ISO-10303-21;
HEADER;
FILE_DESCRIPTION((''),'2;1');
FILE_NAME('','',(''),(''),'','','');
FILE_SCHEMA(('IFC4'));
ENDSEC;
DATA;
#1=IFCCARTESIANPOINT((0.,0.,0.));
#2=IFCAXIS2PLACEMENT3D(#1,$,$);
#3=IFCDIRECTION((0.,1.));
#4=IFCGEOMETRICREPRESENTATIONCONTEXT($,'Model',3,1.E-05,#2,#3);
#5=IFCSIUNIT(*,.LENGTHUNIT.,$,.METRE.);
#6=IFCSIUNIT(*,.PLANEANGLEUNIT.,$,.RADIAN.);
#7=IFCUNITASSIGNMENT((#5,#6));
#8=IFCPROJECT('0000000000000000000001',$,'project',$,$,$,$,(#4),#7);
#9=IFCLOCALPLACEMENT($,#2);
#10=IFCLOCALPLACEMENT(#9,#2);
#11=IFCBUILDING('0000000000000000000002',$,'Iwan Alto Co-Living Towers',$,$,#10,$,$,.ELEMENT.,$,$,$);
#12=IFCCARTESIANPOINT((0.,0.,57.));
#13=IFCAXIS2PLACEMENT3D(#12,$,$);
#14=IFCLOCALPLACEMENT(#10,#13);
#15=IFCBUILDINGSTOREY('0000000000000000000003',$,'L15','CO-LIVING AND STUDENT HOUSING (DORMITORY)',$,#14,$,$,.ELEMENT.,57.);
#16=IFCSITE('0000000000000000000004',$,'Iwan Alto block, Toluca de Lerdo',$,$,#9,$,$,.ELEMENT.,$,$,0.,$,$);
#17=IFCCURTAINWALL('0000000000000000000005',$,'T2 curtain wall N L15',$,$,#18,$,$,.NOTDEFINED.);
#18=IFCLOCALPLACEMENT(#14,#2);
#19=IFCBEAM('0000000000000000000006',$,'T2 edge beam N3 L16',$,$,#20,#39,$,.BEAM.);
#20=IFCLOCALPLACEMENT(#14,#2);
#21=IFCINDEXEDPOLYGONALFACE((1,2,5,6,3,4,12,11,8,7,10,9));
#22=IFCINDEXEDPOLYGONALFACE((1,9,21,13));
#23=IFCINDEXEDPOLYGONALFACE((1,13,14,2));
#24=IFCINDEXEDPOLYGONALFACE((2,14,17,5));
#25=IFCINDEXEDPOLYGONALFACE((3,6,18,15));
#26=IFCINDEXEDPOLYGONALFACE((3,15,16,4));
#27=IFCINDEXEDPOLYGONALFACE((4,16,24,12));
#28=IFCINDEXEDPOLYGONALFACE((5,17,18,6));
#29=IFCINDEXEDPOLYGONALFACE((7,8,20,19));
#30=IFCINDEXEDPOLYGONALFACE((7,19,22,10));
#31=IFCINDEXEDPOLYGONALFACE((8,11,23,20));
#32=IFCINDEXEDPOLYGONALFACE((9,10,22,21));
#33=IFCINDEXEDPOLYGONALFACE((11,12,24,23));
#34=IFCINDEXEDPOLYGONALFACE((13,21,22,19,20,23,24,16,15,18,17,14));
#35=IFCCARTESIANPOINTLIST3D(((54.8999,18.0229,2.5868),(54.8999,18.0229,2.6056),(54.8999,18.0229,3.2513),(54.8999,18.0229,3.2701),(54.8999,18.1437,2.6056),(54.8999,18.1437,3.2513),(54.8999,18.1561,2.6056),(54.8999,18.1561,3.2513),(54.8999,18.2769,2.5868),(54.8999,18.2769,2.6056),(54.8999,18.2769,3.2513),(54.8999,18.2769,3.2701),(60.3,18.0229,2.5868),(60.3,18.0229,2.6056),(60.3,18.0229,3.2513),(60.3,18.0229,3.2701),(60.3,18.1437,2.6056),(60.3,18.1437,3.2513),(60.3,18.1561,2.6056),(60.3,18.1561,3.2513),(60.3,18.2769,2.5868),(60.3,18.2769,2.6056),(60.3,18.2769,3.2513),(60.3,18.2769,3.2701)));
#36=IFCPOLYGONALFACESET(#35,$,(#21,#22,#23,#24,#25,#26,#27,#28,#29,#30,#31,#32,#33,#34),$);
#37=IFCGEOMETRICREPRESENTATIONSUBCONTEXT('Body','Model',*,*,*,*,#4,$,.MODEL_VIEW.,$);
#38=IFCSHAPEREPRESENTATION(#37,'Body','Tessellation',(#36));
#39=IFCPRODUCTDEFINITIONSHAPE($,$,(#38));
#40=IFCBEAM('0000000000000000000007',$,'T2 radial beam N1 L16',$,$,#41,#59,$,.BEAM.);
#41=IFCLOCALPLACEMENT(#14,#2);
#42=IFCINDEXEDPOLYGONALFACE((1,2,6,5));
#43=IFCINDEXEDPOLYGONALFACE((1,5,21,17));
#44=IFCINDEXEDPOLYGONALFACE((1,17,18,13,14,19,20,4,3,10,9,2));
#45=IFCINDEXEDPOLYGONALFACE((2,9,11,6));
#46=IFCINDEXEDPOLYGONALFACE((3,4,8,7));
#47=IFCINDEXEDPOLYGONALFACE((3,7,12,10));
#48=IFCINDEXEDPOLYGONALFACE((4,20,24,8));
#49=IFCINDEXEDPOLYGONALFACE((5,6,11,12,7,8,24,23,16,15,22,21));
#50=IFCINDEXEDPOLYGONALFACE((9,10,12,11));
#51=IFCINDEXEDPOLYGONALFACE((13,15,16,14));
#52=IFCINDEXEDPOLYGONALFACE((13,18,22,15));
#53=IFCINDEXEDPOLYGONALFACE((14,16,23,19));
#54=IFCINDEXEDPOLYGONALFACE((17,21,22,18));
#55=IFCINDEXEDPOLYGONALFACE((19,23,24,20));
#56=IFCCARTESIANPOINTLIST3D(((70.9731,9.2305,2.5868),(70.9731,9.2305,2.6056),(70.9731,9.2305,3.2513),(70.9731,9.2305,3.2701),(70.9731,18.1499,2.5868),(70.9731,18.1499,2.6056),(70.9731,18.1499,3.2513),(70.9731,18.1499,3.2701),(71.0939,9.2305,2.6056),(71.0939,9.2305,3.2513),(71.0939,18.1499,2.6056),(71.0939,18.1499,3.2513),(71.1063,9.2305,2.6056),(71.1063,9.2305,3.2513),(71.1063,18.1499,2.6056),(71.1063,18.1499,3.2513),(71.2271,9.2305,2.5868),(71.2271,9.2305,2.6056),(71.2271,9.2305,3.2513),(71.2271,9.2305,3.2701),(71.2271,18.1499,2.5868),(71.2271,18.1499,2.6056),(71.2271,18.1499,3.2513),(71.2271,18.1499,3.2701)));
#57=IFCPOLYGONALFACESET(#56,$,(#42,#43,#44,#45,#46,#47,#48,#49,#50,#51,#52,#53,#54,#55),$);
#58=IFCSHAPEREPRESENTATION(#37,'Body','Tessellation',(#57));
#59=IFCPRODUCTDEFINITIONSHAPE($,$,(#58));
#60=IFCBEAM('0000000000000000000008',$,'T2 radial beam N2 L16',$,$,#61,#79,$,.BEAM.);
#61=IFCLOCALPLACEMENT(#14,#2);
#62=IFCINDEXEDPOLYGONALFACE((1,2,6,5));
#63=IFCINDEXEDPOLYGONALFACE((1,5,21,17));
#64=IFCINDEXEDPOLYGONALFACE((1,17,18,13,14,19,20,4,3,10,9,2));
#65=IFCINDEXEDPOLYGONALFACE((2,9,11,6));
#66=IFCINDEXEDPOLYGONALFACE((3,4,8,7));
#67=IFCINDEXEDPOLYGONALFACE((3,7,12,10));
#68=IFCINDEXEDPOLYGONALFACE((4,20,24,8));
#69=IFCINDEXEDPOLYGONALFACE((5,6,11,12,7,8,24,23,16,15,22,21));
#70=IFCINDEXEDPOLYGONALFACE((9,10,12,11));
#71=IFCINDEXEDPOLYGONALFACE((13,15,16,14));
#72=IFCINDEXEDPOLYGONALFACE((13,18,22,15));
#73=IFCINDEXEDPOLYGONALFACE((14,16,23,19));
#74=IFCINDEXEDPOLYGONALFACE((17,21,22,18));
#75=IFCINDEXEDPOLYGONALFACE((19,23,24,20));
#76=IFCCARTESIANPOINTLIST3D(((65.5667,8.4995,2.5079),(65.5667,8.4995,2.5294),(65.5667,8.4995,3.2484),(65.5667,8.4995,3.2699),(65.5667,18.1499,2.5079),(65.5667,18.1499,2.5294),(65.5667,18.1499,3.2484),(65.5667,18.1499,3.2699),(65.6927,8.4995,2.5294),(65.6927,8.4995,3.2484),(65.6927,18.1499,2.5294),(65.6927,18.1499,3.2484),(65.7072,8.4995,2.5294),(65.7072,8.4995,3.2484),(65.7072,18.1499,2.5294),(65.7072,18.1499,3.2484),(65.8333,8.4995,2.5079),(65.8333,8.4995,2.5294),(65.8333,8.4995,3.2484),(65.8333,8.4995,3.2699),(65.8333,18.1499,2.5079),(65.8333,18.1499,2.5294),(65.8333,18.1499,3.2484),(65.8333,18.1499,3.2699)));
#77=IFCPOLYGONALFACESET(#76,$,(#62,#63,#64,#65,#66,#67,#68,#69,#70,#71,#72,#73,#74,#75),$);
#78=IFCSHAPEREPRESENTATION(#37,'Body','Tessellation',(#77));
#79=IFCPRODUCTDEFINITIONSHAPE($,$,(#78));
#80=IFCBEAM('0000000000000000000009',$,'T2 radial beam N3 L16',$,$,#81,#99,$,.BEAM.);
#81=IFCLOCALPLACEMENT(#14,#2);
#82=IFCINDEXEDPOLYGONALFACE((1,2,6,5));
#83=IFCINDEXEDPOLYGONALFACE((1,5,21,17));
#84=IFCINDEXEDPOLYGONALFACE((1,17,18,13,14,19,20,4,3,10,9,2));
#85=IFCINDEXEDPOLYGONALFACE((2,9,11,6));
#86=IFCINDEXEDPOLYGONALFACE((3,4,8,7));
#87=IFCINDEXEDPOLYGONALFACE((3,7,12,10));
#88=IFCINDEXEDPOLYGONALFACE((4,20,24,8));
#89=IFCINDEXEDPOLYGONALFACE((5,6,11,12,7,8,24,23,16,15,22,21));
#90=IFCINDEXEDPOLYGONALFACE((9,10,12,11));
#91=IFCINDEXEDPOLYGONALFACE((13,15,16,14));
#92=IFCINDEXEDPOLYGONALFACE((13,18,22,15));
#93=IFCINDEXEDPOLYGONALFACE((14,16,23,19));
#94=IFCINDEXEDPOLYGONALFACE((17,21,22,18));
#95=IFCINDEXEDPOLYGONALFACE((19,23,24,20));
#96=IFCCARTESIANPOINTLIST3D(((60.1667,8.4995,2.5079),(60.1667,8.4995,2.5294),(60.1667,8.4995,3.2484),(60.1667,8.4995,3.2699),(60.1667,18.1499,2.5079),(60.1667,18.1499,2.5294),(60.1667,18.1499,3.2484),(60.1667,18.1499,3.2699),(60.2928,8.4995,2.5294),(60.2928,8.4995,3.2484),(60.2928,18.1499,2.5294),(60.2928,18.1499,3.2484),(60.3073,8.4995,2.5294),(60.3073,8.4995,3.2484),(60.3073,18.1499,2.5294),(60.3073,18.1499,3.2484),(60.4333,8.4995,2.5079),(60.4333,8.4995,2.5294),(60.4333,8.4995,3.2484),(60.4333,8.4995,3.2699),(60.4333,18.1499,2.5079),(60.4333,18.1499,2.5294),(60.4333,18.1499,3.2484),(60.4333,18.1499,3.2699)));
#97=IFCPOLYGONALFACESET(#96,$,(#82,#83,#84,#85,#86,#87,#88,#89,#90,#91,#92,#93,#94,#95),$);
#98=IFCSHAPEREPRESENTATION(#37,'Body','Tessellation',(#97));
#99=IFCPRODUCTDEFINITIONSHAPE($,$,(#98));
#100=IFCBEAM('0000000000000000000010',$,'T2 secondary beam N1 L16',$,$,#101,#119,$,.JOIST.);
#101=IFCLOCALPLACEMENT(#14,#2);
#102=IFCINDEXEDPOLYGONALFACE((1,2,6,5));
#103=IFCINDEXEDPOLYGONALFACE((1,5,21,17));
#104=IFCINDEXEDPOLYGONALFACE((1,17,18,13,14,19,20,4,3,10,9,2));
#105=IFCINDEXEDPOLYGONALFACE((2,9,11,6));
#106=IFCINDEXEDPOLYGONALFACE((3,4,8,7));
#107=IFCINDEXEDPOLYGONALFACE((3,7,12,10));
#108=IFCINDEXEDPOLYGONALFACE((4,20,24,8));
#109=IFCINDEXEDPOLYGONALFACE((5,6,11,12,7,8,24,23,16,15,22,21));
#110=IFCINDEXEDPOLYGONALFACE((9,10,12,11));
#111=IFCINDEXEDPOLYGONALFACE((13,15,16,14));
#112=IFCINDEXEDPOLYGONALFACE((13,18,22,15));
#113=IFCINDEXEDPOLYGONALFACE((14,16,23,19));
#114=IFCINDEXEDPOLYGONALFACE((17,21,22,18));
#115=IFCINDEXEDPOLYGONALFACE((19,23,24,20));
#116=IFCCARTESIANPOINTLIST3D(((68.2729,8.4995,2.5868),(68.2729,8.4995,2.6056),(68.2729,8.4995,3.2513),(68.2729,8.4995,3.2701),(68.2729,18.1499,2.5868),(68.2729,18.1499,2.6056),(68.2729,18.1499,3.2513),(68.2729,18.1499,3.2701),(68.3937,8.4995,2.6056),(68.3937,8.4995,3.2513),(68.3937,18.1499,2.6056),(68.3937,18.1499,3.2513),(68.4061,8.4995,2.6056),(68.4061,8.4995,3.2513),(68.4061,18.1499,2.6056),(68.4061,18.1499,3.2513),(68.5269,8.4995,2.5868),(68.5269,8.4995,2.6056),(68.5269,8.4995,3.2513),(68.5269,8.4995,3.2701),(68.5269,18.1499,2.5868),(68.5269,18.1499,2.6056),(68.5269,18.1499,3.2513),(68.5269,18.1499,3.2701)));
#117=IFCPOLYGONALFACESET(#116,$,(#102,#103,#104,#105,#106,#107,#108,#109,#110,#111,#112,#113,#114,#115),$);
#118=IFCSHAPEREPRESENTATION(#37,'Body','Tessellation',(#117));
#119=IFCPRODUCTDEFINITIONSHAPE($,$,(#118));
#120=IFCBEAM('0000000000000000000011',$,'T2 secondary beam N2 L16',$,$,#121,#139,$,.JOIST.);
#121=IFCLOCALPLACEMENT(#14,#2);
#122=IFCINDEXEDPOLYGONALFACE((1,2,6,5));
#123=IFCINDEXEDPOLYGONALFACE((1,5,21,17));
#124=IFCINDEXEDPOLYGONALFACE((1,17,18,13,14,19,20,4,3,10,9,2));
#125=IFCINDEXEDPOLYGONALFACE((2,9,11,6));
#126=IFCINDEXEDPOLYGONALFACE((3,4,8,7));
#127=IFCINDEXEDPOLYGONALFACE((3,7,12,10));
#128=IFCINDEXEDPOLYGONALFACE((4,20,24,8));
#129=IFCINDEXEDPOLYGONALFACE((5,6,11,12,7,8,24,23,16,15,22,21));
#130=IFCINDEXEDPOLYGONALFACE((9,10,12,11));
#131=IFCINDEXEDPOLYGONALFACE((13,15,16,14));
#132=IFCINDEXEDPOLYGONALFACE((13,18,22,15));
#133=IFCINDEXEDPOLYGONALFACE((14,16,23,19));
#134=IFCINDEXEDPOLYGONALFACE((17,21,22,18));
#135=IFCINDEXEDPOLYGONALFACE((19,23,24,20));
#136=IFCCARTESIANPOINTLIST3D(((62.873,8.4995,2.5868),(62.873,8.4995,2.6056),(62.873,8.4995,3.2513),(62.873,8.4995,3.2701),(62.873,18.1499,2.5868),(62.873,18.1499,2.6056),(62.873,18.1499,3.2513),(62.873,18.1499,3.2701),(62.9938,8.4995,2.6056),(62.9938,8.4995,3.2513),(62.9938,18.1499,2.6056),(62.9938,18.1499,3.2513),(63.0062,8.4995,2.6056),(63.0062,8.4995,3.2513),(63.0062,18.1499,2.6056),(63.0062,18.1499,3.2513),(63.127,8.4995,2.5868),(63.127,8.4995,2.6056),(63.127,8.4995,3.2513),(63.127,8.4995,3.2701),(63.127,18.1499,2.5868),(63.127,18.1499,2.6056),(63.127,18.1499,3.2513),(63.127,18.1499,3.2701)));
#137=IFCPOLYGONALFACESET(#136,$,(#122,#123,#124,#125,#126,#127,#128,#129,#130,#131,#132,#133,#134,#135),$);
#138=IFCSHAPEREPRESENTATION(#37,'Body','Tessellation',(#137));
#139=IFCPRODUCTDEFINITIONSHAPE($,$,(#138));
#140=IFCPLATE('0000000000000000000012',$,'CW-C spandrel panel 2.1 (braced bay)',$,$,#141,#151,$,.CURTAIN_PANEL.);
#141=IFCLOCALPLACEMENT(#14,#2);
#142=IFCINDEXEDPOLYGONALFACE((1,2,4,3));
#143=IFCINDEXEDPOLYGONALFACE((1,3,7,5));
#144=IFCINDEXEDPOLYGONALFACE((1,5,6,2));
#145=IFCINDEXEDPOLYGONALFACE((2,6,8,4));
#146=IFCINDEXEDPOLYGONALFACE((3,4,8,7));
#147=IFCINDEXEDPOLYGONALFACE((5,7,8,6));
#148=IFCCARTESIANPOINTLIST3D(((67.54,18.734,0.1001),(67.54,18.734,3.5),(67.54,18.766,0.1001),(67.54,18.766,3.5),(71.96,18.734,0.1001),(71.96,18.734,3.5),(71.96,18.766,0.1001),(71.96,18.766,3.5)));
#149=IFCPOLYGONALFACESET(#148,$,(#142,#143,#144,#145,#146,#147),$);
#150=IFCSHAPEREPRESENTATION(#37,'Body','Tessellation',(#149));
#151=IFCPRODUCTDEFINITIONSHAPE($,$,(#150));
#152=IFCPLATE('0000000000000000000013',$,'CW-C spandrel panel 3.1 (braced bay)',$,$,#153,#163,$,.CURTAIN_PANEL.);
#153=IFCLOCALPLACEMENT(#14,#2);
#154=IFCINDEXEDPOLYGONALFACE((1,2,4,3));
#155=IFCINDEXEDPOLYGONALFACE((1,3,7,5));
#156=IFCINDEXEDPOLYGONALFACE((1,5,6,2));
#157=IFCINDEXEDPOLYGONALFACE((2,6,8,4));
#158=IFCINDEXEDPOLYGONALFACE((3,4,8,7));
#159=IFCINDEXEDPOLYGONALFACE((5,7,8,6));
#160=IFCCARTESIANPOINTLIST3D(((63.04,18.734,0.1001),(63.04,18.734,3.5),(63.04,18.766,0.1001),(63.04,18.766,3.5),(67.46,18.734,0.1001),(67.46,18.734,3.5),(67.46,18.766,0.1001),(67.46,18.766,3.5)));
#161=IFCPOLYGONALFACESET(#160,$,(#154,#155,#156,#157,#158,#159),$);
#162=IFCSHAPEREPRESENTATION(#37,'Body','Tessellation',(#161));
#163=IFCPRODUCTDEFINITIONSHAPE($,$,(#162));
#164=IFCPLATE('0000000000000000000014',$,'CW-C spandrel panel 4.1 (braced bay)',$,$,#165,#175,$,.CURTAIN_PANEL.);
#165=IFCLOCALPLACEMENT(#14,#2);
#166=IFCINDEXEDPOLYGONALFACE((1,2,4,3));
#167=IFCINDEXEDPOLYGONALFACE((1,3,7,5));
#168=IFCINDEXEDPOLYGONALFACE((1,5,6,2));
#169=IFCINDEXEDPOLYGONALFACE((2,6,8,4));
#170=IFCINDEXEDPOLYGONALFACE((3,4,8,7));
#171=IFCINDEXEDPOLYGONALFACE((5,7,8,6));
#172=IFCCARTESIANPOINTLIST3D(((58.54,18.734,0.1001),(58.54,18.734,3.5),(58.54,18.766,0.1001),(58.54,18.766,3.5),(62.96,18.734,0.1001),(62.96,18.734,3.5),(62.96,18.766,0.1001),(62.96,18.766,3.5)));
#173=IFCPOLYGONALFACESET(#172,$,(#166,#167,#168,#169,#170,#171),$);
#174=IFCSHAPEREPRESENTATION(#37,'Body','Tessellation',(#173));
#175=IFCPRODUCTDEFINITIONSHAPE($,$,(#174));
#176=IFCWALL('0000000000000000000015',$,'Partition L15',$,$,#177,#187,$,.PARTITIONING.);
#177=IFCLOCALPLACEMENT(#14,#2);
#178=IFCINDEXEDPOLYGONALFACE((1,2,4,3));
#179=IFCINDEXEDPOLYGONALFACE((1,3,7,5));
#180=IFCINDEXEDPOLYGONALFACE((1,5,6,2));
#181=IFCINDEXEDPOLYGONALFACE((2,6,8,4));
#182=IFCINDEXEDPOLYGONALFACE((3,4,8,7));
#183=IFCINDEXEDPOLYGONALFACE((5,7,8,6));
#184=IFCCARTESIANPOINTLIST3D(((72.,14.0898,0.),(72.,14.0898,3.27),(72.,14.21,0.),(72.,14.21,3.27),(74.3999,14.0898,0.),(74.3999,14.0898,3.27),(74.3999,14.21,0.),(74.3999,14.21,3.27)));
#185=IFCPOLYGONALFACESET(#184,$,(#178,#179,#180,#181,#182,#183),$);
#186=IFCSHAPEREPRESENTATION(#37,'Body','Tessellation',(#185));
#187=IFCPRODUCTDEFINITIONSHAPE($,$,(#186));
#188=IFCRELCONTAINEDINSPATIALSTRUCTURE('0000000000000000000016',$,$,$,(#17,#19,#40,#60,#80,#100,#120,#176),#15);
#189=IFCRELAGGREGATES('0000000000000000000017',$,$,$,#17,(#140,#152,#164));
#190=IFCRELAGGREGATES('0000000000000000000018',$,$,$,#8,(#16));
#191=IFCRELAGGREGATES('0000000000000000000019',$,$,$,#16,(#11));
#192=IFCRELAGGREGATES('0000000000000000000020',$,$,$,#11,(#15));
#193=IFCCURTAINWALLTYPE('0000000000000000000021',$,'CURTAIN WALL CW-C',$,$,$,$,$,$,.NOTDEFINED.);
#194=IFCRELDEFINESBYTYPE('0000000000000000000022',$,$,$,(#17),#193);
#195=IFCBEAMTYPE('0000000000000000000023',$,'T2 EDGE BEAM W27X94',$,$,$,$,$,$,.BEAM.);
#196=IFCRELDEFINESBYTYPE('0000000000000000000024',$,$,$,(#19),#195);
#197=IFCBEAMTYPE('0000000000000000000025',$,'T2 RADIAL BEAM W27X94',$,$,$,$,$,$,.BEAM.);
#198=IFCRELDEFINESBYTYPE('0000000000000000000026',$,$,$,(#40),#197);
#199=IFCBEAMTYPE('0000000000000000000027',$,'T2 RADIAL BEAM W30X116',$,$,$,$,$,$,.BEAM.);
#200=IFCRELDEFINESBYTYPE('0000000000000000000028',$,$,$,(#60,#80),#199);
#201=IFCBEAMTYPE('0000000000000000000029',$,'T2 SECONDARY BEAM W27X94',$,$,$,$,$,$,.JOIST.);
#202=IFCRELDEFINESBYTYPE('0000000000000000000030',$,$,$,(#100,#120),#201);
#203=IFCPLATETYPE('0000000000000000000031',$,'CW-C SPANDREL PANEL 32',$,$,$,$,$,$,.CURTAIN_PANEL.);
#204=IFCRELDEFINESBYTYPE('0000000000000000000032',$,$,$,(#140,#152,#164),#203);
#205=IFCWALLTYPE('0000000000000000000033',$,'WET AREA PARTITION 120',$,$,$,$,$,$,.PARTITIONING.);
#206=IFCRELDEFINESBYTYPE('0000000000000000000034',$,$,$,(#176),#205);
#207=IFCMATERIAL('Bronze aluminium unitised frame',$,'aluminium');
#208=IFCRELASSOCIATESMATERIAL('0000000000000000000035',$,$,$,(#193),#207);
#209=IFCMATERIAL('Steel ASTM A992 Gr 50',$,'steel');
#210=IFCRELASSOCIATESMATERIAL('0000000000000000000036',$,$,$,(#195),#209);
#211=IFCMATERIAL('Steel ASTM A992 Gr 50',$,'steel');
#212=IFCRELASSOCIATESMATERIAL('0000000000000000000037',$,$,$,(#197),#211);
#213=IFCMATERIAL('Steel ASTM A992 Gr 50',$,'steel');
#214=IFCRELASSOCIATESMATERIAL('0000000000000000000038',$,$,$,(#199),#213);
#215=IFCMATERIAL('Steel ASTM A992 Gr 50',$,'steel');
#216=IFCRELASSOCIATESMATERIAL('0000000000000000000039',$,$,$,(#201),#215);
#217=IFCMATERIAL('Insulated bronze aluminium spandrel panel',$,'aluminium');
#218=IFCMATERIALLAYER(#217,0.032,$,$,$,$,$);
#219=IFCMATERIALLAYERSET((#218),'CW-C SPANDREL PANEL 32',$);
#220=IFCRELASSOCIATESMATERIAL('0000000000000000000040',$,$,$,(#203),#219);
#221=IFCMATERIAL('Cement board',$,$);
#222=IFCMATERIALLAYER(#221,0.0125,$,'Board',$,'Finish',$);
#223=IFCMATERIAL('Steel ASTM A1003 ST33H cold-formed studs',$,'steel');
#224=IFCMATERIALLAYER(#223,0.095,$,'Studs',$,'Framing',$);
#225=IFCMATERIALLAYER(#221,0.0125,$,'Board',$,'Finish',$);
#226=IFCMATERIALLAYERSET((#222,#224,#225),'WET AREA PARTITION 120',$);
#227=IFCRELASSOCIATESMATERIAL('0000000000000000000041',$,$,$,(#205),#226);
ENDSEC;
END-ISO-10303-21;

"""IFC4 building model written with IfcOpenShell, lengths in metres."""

from ifc_helpers import new_model, si_unit, direction, frame, frame_2d, origin, origin_2d, place, context, subcontext, project, spatial, rectangle, i_section, extrude, material, layer, layer_set, material_profile, profile_set, type_object, element, aggregate, save


model = new_model("IFC4")

# Units and contexts
model_context = context("Model", 3, precision=1e-05, world=origin(), true_north=direction((0.0, 1.0)))
body_context = subcontext(model_context, "Body", "Model", "MODEL_VIEW")
ifc_project = project(units=[si_unit("LENGTHUNIT", "METRE"), si_unit("PLANEANGLEUNIT", "RADIAN")], contexts=[model_context])

# Site, building, storey
site_placement = place(None, origin())
site = spatial("IfcSite", under=ifc_project, at=site_placement, Name="Iwan Alto block, Toluca de Lerdo", CompositionType="ELEMENT", RefElevation=0.0)
building_placement = place(site_placement, origin())
building = spatial("IfcBuilding", under=site, at=building_placement, Name="Iwan Alto Co-Living Towers", CompositionType="ELEMENT")
storey_placement = place(building_placement, frame((0.0, 0.0, 57.0)))
storey = spatial("IfcBuildingStorey", under=building, at=storey_placement, Name="L15", Description="CO-LIVING AND STUDENT HOUSING (DORMITORY)", CompositionType="ELEMENT", Elevation=57.0)

# Curtain wall
ifc_material_1 = material(Name="Bronze aluminium unitised frame", Category="aluminium")
curtain_wall_type = type_object("IfcCurtainWallType", Name="CURTAIN WALL CW-C", PredefinedType="NOTDEFINED", material=ifc_material_1)
curtain_wall_placement = place(storey_placement, origin())
curtain_wall = element("IfcCurtainWall", 1, at=curtain_wall_placement, inside=storey, type_object=curtain_wall_type, Name="T2 curtain wall N L15", PredefinedType="NOTDEFINED")

# Beams
ifc_material_2 = material(Name="Steel ASTM A992 Gr 50", Category="steel")
ifc_material_profile_1 = material_profile(ifc_material_2, i_section(OverallWidth=0.2539, OverallDepth=0.6833, WebThickness=0.0125, FlangeThickness=0.0188, at=origin_2d()), Name="W27X94")
ifc_profile_set_1 = profile_set([ifc_material_profile_1], Name="Steel ASTM A992 Gr 50")
beam_type_1 = type_object("IfcBeamType", Name="T2 EDGE BEAM W27X94", PredefinedType="BEAM", material=ifc_profile_set_1)
beam_1_placement = place(storey_placement, frame((60.3, 18.1499, 2.9285), z_axis=(-1.0, 0.0, 0.0), x_axis=(0.0, -1.0, 0.0)))
element("IfcBeam", 2, at=beam_1_placement, inside=storey, type_object=beam_type_1, Name="T2 edge beam N3 L16", PredefinedType="BEAM", context=body_context, shape_type="SweptSolid", body=[
    extrude(i_section(OverallWidth=0.2539, OverallDepth=0.6833, WebThickness=0.0125, FlangeThickness=0.0188, at=origin_2d()), origin(), (0.0, 0.0, 1.0), 5.4001),
])
ifc_material_3 = material(Name="Steel ASTM A992 Gr 50", Category="steel")
ifc_material_profile_2 = material_profile(ifc_material_3, i_section(OverallWidth=0.2539, OverallDepth=0.6833, WebThickness=0.0125, FlangeThickness=0.0188, at=origin_2d()), Name="W27X94")
ifc_profile_set_2 = profile_set([ifc_material_profile_2], Name="Steel ASTM A992 Gr 50")
beam_type_2 = type_object("IfcBeamType", Name="T2 RADIAL BEAM W27X94", PredefinedType="BEAM", material=ifc_profile_set_2)
beam_2_placement = place(storey_placement, frame((71.1001, 18.1499, 2.9285), z_axis=(0.0, -1.0, 0.0), x_axis=(1.0, 0.0, 0.0)))
element("IfcBeam", 3, at=beam_2_placement, inside=storey, type_object=beam_type_2, Name="T2 radial beam N1 L16", PredefinedType="BEAM", context=body_context, shape_type="SweptSolid", body=[
    extrude(i_section(OverallWidth=0.2539, OverallDepth=0.6833, WebThickness=0.0125, FlangeThickness=0.0188, at=origin_2d()), origin(), (0.0, 0.0, 1.0), 8.9194),
])
ifc_material_4 = material(Name="Steel ASTM A992 Gr 50", Category="steel")
ifc_material_profile_3 = material_profile(ifc_material_4, i_section(OverallWidth=0.2666, OverallDepth=0.762, WebThickness=0.0144, FlangeThickness=0.0215, at=origin_2d()), Name="W30X116")
ifc_profile_set_3 = profile_set([ifc_material_profile_3], Name="Steel ASTM A992 Gr 50")
beam_type_3 = type_object("IfcBeamType", Name="T2 RADIAL BEAM W30X116", PredefinedType="BEAM", material=ifc_profile_set_3)
for number, where, z_axis, x_axis, name in (
    (4, (65.7, 18.1499, 2.8889), (0.0, -1.0, 0.0), (1.0, 0.0, 0.0), "T2 radial beam N2 L16"),
    (5, (60.3, 18.1499, 2.8889), (0.0, -1.0, 0.0), (1.0, 0.0, 0.0), "T2 radial beam N3 L16"),
):
    element("IfcBeam", number, at=place(storey_placement, frame(where, z_axis=z_axis, x_axis=x_axis)), inside=storey, type_object=beam_type_3, Name=name, PredefinedType="BEAM", context=body_context, shape_type="SweptSolid", body=[
        extrude(i_section(OverallWidth=0.2666, OverallDepth=0.762, WebThickness=0.0144, FlangeThickness=0.0215, at=origin_2d()), origin(), (0.0, 0.0, 1.0), 9.6504),
    ])
ifc_material_5 = material(Name="Steel ASTM A992 Gr 50", Category="steel")
ifc_material_profile_4 = material_profile(ifc_material_5, i_section(OverallWidth=0.2539, OverallDepth=0.6833, WebThickness=0.0125, FlangeThickness=0.0188, at=origin_2d()), Name="W27X94")
ifc_profile_set_4 = profile_set([ifc_material_profile_4], Name="Steel ASTM A992 Gr 50")
beam_type_4 = type_object("IfcBeamType", Name="T2 SECONDARY BEAM W27X94", PredefinedType="JOIST", material=ifc_profile_set_4)
for number, where, z_axis, x_axis, name in (
    (6, (68.3999, 18.1499, 2.9285), (0.0, -1.0, 0.0), (1.0, 0.0, 0.0), "T2 secondary beam N1 L16"),
    (7, (63.0, 18.1499, 2.9285), (0.0, -1.0, 0.0), (1.0, 0.0, 0.0), "T2 secondary beam N2 L16"),
):
    element("IfcBeam", number, at=place(storey_placement, frame(where, z_axis=z_axis, x_axis=x_axis)), inside=storey, type_object=beam_type_4, Name=name, PredefinedType="JOIST", context=body_context, shape_type="SweptSolid", body=[
        extrude(i_section(OverallWidth=0.2539, OverallDepth=0.6833, WebThickness=0.0125, FlangeThickness=0.0188, at=origin_2d()), origin(), (0.0, 0.0, 1.0), 9.6504),
    ])

# Plates
ifc_material_6 = material(Name="Insulated bronze aluminium spandrel panel", Category="aluminium")
ifc_layer_1 = layer(ifc_material_6, 0.032)
ifc_layer_set_1 = layer_set([ifc_layer_1], Name="CW-C SPANDREL PANEL 32")
plate_type = type_object("IfcPlateType", Name="CW-C SPANDREL PANEL 32", PredefinedType="CURTAIN_PANEL", material=ifc_layer_set_1)
plate_1_placement = place(storey_placement, frame((69.75, 18.75, 0.1001), z_axis=(0.0, 0.0, 1.0), x_axis=(-1.0, 0.0, 0.0)))
plate_1 = element("IfcPlate", 8, at=plate_1_placement, type_object=plate_type, Name="CW-C spandrel panel 2.1 (braced bay)", PredefinedType="CURTAIN_PANEL", context=body_context, shape_type="SweptSolid", body=[
    extrude(rectangle(XDim=4.4199, YDim=0.032, at=origin_2d()), origin(), (0.0, 0.0, 1.0), 3.3999),
])
plate_2_placement = place(storey_placement, frame((65.25, 18.75, 0.1001), z_axis=(0.0, 0.0, 1.0), x_axis=(-1.0, 0.0, 0.0)))
plate_2 = element("IfcPlate", 9, at=plate_2_placement, type_object=plate_type, Name="CW-C spandrel panel 3.1 (braced bay)", PredefinedType="CURTAIN_PANEL", context=body_context, shape_type="SweptSolid", body=[
    extrude(rectangle(XDim=4.4199, YDim=0.032, at=origin_2d()), origin(), (0.0, 0.0, 1.0), 3.3999),
])
plate_3_placement = place(storey_placement, frame((60.75, 18.75, 0.1001), z_axis=(0.0, 0.0, 1.0), x_axis=(-1.0, 0.0, 0.0)))
plate_3 = element("IfcPlate", 10, at=plate_3_placement, type_object=plate_type, Name="CW-C spandrel panel 4.1 (braced bay)", PredefinedType="CURTAIN_PANEL", context=body_context, shape_type="SweptSolid", body=[
    extrude(rectangle(XDim=4.4199, YDim=0.032, at=origin_2d()), origin(), (0.0, 0.0, 1.0), 3.3999),
])
aggregate(curtain_wall, [plate_1, plate_2, plate_3])

# Wall
ifc_material_7 = material(Name="Cement board")
ifc_layer_2 = layer(ifc_material_7, 0.0125, Name="Board", Category="Finish")
ifc_material_8 = material(Name="Steel ASTM A1003 ST33H cold-formed studs", Category="steel")
ifc_layer_3 = layer(ifc_material_8, 0.095, Name="Studs", Category="Framing")
ifc_layer_4 = layer(ifc_material_7, 0.0125, Name="Board", Category="Finish")
ifc_layer_set_2 = layer_set([ifc_layer_2, ifc_layer_3, ifc_layer_4], Name="WET AREA PARTITION 120")
wall_type = type_object("IfcWallType", Name="WET AREA PARTITION 120", PredefinedType="PARTITIONING", material=ifc_layer_set_2)
for number, where, z_axis, x_axis, name in (
    (11, (72.0, 14.1499, 0.0), (0.0, 0.0, 1.0), (1.0, 0.0, 0.0), "Partition L15"),
):
    element("IfcWall", number, at=place(storey_placement, frame(where, z_axis=z_axis, x_axis=x_axis)), inside=storey, type_object=wall_type, Name=name, PredefinedType="PARTITIONING", context=body_context, shape_type="SweptSolid", body=[
        extrude(rectangle(XDim=2.3999, YDim=0.1201, at=frame_2d((1.2, 0.0))), origin(), (0.0, 0.0, 1.0), 3.27),
    ])

save(model, "model.ifc")
